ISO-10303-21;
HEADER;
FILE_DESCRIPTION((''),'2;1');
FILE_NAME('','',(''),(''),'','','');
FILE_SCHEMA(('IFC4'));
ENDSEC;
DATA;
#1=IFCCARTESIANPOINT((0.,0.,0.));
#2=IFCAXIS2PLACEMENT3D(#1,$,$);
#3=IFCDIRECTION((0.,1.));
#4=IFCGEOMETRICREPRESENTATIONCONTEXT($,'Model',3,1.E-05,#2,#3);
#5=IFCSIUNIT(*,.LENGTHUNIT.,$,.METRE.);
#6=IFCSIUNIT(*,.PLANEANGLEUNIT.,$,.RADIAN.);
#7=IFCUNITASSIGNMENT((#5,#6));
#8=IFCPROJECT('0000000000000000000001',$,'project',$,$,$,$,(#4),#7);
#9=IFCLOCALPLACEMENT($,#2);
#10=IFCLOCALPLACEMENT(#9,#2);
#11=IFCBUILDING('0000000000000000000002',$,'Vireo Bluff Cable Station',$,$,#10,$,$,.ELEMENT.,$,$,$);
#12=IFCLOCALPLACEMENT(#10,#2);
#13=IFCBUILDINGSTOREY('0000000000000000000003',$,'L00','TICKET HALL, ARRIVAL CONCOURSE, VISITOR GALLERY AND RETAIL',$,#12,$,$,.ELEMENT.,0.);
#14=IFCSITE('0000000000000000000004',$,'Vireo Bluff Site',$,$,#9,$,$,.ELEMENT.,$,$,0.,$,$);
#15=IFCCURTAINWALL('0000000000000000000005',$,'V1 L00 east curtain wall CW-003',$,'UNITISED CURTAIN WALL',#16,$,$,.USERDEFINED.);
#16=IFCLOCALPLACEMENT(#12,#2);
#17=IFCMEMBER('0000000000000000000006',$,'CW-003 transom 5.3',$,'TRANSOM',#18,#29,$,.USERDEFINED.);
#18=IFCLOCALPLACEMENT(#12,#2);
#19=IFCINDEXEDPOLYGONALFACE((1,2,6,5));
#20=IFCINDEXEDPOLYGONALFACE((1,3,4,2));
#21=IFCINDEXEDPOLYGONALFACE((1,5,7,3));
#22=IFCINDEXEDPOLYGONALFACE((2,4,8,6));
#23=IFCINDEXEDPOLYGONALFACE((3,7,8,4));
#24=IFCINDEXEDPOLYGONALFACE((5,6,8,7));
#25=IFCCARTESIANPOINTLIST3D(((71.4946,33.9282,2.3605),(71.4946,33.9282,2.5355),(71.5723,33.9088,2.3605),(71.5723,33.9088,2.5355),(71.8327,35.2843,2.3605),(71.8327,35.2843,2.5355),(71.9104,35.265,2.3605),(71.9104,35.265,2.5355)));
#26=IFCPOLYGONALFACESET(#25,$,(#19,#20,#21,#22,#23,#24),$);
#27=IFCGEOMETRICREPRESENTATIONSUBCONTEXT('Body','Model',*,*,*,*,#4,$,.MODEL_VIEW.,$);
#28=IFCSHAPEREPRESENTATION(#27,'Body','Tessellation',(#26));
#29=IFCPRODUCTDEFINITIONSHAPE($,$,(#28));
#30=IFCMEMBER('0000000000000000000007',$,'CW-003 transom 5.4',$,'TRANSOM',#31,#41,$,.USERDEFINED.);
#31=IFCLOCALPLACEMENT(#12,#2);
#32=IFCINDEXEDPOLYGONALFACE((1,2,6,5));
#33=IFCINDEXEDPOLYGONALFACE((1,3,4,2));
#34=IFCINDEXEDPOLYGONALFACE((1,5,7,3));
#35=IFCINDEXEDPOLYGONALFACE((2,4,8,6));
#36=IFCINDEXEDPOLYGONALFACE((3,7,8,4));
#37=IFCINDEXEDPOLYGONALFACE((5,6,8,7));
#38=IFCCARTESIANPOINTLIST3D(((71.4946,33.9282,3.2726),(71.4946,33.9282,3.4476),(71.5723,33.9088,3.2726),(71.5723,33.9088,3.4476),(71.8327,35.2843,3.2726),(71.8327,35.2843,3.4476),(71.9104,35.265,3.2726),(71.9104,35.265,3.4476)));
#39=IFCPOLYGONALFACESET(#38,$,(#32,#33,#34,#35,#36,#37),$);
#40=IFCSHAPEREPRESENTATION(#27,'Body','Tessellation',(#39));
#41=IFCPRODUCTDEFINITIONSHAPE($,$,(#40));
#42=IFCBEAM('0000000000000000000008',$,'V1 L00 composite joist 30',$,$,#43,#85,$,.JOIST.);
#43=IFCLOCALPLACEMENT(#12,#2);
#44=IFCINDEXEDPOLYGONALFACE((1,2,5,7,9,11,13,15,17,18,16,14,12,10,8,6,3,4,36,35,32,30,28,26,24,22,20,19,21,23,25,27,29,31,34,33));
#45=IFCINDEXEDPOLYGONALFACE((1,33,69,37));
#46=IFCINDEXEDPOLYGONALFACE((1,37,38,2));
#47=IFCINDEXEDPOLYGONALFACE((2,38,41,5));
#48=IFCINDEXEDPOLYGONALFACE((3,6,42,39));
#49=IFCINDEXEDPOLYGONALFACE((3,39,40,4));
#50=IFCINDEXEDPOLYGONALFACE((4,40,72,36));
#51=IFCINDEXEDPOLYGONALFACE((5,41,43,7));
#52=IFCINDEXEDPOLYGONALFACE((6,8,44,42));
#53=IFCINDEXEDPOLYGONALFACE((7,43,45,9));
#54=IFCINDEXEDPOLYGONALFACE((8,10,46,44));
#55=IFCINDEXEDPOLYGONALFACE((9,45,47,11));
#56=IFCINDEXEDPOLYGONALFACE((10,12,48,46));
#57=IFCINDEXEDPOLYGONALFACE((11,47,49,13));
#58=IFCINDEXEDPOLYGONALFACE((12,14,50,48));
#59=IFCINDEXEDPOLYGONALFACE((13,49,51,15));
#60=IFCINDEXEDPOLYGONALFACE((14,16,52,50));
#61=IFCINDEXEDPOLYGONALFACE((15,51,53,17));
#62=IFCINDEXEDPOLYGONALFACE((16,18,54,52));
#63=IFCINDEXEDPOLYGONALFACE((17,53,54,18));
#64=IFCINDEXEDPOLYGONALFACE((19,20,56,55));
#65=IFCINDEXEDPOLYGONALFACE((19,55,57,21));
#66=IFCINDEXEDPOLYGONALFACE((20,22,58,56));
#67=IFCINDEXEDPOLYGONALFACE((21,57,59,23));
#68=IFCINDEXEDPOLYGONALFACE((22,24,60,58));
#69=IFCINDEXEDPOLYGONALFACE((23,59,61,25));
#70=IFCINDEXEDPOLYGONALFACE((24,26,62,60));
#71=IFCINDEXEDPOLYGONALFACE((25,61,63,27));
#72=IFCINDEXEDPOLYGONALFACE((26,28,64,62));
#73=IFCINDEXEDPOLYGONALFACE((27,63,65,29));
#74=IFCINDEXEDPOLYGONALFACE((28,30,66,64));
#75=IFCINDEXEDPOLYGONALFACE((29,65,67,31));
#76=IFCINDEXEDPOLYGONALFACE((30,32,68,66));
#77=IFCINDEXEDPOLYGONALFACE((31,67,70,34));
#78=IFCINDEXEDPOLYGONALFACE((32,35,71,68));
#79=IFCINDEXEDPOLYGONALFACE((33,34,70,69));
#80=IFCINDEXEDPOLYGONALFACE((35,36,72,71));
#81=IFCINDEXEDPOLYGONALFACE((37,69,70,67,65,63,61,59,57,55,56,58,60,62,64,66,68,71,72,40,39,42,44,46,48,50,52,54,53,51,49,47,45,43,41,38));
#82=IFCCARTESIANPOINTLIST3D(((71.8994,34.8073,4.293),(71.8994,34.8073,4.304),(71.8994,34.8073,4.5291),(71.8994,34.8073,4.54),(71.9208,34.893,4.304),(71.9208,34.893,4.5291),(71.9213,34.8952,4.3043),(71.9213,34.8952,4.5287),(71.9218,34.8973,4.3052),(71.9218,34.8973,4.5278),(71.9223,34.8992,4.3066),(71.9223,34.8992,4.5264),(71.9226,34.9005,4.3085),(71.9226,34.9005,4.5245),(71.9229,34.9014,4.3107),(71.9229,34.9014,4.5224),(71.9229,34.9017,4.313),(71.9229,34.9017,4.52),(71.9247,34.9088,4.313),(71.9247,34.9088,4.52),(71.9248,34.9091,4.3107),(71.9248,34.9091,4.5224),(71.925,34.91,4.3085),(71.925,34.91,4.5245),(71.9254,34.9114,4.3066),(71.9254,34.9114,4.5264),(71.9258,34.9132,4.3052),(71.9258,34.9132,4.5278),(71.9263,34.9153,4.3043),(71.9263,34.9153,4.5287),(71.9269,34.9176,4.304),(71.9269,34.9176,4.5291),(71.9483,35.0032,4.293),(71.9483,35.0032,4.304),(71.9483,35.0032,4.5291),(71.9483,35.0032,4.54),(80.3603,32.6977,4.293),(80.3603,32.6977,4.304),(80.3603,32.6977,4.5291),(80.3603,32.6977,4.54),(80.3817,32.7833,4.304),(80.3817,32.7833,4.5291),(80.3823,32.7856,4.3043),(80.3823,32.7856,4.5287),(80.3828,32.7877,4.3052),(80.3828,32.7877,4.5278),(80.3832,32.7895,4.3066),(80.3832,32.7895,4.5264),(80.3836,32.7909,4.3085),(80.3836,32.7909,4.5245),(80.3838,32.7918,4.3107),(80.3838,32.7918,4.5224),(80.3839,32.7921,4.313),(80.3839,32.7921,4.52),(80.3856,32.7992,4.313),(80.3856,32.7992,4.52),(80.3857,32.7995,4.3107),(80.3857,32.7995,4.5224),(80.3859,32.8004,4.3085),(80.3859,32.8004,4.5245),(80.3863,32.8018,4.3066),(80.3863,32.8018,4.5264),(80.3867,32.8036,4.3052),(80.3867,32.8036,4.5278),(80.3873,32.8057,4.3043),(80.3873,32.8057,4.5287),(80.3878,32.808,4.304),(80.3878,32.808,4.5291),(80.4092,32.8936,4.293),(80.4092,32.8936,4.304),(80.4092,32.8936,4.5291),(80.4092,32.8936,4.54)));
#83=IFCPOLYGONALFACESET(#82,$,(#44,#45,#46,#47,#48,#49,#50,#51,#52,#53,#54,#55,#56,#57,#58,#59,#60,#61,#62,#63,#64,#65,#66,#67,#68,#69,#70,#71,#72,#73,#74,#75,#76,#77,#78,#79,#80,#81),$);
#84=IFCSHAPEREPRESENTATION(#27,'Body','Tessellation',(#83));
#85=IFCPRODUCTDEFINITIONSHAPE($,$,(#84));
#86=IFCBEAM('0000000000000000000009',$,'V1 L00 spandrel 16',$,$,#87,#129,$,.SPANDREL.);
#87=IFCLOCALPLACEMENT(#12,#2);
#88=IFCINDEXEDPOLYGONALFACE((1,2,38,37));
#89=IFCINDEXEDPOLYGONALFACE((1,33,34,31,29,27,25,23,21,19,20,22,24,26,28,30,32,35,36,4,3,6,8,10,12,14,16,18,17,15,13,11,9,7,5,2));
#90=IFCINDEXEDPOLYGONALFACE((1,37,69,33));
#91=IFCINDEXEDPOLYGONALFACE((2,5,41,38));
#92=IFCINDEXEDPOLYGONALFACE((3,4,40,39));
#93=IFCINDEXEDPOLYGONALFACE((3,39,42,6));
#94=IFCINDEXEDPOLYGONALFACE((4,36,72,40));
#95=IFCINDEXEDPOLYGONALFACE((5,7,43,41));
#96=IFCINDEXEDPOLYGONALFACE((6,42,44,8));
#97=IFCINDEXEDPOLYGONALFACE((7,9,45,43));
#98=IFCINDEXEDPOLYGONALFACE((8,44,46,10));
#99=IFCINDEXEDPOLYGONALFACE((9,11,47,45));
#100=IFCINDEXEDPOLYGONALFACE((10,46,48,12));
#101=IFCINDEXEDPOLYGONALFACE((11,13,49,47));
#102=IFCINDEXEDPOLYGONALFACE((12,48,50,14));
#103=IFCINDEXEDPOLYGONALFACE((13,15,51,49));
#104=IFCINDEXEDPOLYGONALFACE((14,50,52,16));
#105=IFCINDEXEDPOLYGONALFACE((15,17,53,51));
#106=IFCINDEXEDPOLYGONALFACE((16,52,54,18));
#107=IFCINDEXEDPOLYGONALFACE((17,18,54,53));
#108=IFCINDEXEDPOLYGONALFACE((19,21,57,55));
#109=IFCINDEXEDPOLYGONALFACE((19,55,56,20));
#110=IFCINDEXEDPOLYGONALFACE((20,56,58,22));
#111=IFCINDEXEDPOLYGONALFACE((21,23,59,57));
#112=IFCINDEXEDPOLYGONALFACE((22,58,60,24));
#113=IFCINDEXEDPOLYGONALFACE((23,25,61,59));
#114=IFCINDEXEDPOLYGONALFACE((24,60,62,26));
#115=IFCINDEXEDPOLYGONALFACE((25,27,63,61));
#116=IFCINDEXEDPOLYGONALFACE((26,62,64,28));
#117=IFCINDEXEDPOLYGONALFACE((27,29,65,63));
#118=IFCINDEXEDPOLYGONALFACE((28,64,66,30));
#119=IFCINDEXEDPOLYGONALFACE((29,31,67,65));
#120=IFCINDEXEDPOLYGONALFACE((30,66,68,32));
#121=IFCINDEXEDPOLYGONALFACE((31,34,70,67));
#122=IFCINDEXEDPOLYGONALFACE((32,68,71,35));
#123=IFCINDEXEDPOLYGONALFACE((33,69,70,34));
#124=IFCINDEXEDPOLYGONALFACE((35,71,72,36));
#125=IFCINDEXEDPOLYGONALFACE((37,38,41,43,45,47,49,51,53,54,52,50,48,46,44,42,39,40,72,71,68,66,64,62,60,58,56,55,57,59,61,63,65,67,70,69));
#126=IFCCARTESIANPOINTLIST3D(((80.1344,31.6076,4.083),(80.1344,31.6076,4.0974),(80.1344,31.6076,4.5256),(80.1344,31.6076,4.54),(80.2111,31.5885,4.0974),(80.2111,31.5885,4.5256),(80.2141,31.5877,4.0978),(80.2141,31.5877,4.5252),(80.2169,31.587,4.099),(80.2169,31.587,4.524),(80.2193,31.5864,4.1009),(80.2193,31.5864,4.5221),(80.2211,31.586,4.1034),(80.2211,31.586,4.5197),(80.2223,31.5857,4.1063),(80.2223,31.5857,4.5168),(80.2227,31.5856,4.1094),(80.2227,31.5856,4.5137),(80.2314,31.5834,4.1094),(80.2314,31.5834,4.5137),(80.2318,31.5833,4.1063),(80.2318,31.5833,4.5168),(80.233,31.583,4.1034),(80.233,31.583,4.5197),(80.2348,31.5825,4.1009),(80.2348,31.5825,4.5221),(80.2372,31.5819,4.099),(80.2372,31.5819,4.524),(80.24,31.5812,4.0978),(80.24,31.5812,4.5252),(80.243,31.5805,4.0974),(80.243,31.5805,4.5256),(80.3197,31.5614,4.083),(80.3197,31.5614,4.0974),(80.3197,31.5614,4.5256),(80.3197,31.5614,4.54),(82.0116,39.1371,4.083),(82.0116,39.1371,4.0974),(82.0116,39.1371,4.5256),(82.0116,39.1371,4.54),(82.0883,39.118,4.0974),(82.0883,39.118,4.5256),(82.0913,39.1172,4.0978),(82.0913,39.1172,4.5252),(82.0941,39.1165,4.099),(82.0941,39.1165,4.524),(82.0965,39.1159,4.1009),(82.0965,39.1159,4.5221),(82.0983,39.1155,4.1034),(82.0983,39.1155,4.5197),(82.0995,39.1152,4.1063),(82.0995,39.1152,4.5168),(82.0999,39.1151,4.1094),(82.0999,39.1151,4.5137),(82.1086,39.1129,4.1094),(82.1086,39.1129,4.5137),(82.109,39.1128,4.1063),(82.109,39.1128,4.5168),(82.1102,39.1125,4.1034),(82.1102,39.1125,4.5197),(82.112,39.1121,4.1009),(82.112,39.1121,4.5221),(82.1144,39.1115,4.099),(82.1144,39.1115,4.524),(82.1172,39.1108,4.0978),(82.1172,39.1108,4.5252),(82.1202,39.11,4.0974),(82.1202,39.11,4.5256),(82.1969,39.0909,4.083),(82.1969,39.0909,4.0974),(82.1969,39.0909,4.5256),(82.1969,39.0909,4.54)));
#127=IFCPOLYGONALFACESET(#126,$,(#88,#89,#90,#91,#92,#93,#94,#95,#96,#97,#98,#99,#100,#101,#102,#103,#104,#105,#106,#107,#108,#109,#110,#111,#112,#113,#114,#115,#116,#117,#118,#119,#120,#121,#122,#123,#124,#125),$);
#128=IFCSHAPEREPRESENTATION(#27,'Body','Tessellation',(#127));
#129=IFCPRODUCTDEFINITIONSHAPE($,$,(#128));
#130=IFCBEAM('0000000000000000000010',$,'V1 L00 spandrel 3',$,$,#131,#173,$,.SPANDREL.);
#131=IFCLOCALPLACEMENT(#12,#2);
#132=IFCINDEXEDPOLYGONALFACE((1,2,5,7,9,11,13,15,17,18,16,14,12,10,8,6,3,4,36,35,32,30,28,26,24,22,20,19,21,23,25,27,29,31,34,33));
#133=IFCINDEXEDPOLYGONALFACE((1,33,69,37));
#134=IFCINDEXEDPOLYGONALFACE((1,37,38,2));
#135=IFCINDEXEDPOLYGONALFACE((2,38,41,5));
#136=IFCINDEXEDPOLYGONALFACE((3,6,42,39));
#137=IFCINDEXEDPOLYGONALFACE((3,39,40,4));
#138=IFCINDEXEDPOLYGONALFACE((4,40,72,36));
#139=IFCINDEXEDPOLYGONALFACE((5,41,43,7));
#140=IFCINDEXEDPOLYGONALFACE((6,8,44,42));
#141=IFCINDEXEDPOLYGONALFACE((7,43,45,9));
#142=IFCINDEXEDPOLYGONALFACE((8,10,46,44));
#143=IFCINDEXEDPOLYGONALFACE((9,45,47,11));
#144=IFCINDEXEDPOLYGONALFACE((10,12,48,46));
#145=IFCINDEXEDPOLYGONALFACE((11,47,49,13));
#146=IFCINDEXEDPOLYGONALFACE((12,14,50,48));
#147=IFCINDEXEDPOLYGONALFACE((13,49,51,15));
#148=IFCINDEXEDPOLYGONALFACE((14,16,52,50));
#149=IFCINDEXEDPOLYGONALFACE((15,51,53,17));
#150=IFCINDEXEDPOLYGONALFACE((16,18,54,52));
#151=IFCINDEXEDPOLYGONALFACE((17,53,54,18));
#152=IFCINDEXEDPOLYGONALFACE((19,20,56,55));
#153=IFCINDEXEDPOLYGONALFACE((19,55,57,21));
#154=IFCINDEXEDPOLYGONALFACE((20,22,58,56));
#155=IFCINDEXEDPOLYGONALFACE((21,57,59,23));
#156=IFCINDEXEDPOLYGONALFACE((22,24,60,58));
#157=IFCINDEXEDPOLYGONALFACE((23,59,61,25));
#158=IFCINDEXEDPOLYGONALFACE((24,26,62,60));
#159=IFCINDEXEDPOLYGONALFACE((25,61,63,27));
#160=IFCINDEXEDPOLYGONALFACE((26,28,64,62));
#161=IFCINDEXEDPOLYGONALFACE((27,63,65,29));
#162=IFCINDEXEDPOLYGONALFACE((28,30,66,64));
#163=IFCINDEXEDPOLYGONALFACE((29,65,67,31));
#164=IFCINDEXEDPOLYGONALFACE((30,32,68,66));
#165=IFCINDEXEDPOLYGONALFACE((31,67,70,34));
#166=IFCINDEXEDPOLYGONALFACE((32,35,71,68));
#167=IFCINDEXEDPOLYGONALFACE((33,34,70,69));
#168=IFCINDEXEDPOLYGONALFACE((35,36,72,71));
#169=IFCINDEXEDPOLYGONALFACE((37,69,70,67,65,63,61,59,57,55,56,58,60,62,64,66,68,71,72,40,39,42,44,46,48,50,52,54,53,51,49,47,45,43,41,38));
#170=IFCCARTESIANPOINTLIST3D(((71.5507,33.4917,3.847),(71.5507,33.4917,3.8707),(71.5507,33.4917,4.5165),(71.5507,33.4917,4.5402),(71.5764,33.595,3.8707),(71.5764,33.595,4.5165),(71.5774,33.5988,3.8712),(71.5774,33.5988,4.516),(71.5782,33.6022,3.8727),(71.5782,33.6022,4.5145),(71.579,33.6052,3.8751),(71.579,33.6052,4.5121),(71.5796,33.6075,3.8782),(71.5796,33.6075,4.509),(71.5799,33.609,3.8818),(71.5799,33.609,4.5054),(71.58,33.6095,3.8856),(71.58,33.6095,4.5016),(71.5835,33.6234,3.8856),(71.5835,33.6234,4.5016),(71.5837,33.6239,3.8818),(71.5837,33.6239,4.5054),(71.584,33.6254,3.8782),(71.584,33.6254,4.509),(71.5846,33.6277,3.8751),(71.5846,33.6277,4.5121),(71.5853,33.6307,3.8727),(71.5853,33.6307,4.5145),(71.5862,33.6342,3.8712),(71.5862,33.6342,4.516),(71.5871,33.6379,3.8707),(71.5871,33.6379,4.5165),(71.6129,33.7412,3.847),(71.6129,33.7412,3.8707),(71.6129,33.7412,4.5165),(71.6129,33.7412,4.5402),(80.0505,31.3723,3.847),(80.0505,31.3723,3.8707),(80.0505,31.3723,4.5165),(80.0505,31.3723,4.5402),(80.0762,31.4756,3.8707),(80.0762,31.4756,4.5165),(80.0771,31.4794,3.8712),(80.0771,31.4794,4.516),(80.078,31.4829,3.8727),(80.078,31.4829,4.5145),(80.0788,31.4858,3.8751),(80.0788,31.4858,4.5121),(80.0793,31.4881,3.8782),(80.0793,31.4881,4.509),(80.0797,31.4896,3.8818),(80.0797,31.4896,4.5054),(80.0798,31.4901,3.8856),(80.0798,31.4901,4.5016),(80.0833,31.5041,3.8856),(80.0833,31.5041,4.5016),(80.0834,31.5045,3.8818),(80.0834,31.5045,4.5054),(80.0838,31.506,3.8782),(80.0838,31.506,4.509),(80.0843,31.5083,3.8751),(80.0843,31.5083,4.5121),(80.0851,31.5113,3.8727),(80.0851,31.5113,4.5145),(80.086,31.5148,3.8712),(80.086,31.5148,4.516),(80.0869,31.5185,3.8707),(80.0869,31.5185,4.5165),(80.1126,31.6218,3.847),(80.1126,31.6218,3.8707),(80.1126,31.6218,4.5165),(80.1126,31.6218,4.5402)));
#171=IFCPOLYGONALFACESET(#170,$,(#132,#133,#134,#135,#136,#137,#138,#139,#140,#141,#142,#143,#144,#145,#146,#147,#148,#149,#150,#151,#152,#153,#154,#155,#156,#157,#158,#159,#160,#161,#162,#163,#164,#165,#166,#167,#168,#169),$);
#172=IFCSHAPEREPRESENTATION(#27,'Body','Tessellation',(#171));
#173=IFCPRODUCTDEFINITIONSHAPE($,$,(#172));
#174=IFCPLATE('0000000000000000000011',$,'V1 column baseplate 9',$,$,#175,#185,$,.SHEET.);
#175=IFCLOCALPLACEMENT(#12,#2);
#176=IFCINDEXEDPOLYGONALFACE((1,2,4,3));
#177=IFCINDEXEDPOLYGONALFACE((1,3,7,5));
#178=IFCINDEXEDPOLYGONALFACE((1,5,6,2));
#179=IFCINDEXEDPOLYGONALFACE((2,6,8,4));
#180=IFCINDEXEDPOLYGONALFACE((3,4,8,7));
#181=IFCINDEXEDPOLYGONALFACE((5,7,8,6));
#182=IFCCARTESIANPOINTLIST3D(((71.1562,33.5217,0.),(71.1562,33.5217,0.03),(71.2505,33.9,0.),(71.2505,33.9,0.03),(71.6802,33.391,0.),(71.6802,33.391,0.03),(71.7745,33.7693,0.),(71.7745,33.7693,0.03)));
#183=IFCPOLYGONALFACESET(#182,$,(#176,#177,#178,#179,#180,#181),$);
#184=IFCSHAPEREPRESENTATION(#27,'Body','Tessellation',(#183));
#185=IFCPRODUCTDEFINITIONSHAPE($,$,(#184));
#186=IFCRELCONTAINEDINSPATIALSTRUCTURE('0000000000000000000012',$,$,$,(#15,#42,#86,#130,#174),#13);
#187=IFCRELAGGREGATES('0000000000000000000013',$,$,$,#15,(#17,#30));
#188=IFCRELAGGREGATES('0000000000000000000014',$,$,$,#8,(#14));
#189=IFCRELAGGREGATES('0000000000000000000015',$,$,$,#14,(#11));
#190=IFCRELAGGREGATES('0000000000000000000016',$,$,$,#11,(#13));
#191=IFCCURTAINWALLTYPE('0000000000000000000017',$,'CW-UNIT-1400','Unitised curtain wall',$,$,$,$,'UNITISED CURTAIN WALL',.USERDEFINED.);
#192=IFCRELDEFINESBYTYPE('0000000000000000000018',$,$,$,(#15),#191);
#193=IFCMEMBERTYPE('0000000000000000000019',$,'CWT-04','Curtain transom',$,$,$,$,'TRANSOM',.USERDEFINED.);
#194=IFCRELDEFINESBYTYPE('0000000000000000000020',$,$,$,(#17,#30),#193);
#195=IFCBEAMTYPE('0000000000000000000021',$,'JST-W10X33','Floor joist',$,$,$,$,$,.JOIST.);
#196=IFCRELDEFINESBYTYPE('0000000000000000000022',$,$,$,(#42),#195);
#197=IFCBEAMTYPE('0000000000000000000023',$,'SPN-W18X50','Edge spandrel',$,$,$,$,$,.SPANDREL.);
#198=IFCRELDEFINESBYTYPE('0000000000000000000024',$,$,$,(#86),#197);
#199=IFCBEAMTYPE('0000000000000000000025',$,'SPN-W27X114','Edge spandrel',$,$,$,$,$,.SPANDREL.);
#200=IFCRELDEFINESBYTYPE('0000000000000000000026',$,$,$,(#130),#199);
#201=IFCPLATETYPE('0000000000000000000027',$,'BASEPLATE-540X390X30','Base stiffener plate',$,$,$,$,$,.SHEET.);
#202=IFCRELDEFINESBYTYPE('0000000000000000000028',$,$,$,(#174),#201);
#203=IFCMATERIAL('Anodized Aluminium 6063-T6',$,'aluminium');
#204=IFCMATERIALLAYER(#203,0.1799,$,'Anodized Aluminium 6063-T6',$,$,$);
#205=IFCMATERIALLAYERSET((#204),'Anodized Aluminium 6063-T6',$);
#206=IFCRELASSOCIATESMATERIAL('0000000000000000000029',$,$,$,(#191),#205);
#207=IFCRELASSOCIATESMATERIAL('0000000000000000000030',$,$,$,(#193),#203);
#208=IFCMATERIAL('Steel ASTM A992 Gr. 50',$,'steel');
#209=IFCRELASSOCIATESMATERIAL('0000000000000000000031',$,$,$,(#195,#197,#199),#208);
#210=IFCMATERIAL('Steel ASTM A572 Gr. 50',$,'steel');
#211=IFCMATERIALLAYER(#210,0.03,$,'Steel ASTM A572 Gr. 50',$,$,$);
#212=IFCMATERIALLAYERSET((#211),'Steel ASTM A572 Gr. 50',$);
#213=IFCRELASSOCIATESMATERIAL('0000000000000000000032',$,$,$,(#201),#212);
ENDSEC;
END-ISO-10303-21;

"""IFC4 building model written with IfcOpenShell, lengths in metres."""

from ifc_helpers import new_model, si_unit, direction, frame, origin, origin_2d, place, context, subcontext, project, spatial, rectangle, i_section, extrude, material, layer, layer_set, material_profile, profile_set, type_object, element, aggregate, save


model = new_model("IFC4")

# Units and contexts
model_context = context("Model", 3, precision=1e-05, world=origin(), true_north=direction((0.0, 1.0)))
body_context = subcontext(model_context, "Body", "Model", "MODEL_VIEW")
ifc_project = project(units=[si_unit("LENGTHUNIT", "METRE"), si_unit("PLANEANGLEUNIT", "RADIAN")], contexts=[model_context])

# Site, building, storey
site_placement = place(None, origin())
site = spatial("IfcSite", under=ifc_project, at=site_placement, Name="Vireo Bluff Site", CompositionType="ELEMENT", RefElevation=0.0)
building_placement = place(site_placement, origin())
building = spatial("IfcBuilding", under=site, at=building_placement, Name="Vireo Bluff Cable Station", CompositionType="ELEMENT")
storey_placement = place(building_placement, origin())
storey = spatial("IfcBuildingStorey", under=building, at=storey_placement, Name="L00", Description="TICKET HALL, ARRIVAL CONCOURSE, VISITOR GALLERY AND RETAIL", CompositionType="ELEMENT", Elevation=0.0)

# Shared definitions
ifc_material_1 = material(Name="Steel ASTM A992 Gr. 50", Category="steel")

# Curtain wall, members
ifc_material_2 = material(Name="Anodized Aluminium 6063-T6", Category="aluminium")
ifc_layer_1 = layer(ifc_material_2, 0.1799, Name="Anodized Aluminium 6063-T6")
ifc_layer_set_1 = layer_set([ifc_layer_1], Name="Anodized Aluminium 6063-T6")
curtain_wall_type = type_object("IfcCurtainWallType", Name="CW-UNIT-1400", Description="Unitised curtain wall", ElementType="UNITISED CURTAIN WALL", PredefinedType="USERDEFINED", material=ifc_layer_set_1)
curtain_wall_placement = place(storey_placement, origin())
curtain_wall = element("IfcCurtainWall", 1, at=curtain_wall_placement, inside=storey, type_object=curtain_wall_type, Name="V1 L00 east curtain wall CW-003", ObjectType="UNITISED CURTAIN WALL", PredefinedType="USERDEFINED")
ifc_material_profile_1 = material_profile(ifc_material_2, rectangle(XDim=0.0801, YDim=0.175, at=origin_2d()), Name="ALU-T-80X175")
ifc_profile_set_1 = profile_set([ifc_material_profile_1], Name="Anodized Aluminium 6063-T6")
member_type_1 = type_object("IfcMemberType", Name="CWT-04", Description="Curtain transom", ElementType="TRANSOM", PredefinedType="USERDEFINED", material=ifc_profile_set_1)
member_1_placement = place(storey_placement, frame((71.8716, 35.2747, 2.448), z_axis=(-0.241919, -0.970296, 0.0), x_axis=(0.970296, -0.241919, 0.0)))
member_1 = element("IfcMember", 2, at=member_1_placement, type_object=member_type_1, Name="CW-003 transom 5.3", ObjectType="TRANSOM", PredefinedType="USERDEFINED", context=body_context, shape_type="SweptSolid", body=[
    extrude(rectangle(XDim=0.0801, YDim=0.175, at=origin_2d()), origin(), (0.0, 0.0, 1.0), 1.3977),
])
member_2_placement = place(storey_placement, frame((71.8716, 35.2747, 3.3601), z_axis=(-0.241919, -0.970296, 0.0), x_axis=(0.970296, -0.241919, 0.0)))
member_2 = element("IfcMember", 3, at=member_2_placement, type_object=member_type_1, Name="CW-003 transom 5.4", ObjectType="TRANSOM", PredefinedType="USERDEFINED", context=body_context, shape_type="SweptSolid", body=[
    extrude(rectangle(XDim=0.0801, YDim=0.175, at=origin_2d()), origin(), (0.0, 0.0, 1.0), 1.3977),
])

# Beams
ifc_material_profile_2 = material_profile(ifc_material_1, i_section(OverallWidth=0.2019, OverallDepth=0.2471, WebThickness=0.0073, FlangeThickness=0.011, FilletRadius=0.009, at=origin_2d()), Name="W10X33")
ifc_profile_set_2 = profile_set([ifc_material_profile_2], Name="Steel ASTM A992 Gr. 50")
beam_type_1 = type_object("IfcBeamType", Name="JST-W10X33", Description="Floor joist", PredefinedType="JOIST", material=ifc_profile_set_2)
beam_1_placement = place(storey_placement, frame((71.9238, 34.9053, 4.4165), z_axis=(0.970294, -0.24193, 0.0), x_axis=(0.24193, 0.970294, 0.0)))
element("IfcBeam", 4, at=beam_1_placement, inside=storey, type_object=beam_type_1, Name="V1 L00 composite joist 30", PredefinedType="JOIST", context=body_context, shape_type="SweptSolid", body=[
    extrude(i_section(OverallWidth=0.2019, OverallDepth=0.2471, WebThickness=0.0073, FlangeThickness=0.011, FilletRadius=0.009, at=origin_2d()), origin(), (0.0, 0.0, 1.0), 8.72),
])
ifc_material_profile_3 = material_profile(ifc_material_1, i_section(OverallWidth=0.1909, OverallDepth=0.457, WebThickness=0.009, FlangeThickness=0.0144, FilletRadius=0.012, at=origin_2d()), Name="W18X50")
ifc_profile_set_3 = profile_set([ifc_material_profile_3], Name="Steel ASTM A992 Gr. 50")
beam_type_2 = type_object("IfcBeamType", Name="SPN-W18X50", Description="Edge spandrel", PredefinedType="SPANDREL", material=ifc_profile_set_3)
beam_2_placement = place(storey_placement, frame((80.2271, 31.5845, 4.3115), z_axis=(0.241906, 0.9703, 0.0), x_axis=(-0.9703, 0.241906, 0.0)))
element("IfcBeam", 5, at=beam_2_placement, inside=storey, type_object=beam_type_2, Name="V1 L00 spandrel 16", PredefinedType="SPANDREL", context=body_context, shape_type="SweptSolid", body=[
    extrude(i_section(OverallWidth=0.1909, OverallDepth=0.457, WebThickness=0.009, FlangeThickness=0.0144, FilletRadius=0.012, at=origin_2d()), origin(), (0.0, 0.0, 1.0), 7.76),
])
ifc_material_profile_4 = material_profile(ifc_material_1, i_section(OverallWidth=0.2571, OverallDepth=0.6931, WebThickness=0.0144, FlangeThickness=0.0237, FilletRadius=0.0149, at=origin_2d()), Name="W27X114")
ifc_profile_set_4 = profile_set([ifc_material_profile_4], Name="Steel ASTM A992 Gr. 50")
beam_type_3 = type_object("IfcBeamType", Name="SPN-W27X114", Description="Edge spandrel", PredefinedType="SPANDREL", material=ifc_profile_set_4)
beam_3_placement = place(storey_placement, frame((71.5818, 33.6165, 4.1936), z_axis=(0.970292, -0.241939, 0.0), x_axis=(0.241939, 0.970292, 0.0)))
element("IfcBeam", 6, at=beam_3_placement, inside=storey, type_object=beam_type_3, Name="V1 L00 spandrel 3", PredefinedType="SPANDREL", context=body_context, shape_type="SweptSolid", body=[
    extrude(i_section(OverallWidth=0.2571, OverallDepth=0.6931, WebThickness=0.0144, FlangeThickness=0.0237, FilletRadius=0.0149, at=origin_2d()), origin(), (0.0, 0.0, 1.0), 8.76),
])

# Plate
ifc_material_3 = material(Name="Steel ASTM A572 Gr. 50", Category="steel")
ifc_layer_2 = layer(ifc_material_3, 0.03, Name="Steel ASTM A572 Gr. 50")
ifc_layer_set_2 = layer_set([ifc_layer_2], Name="Steel ASTM A572 Gr. 50")
plate_type_1 = type_object("IfcPlateType", Name="BASEPLATE-540X390X30", Description="Base stiffener plate", PredefinedType="SHEET", material=ifc_layer_set_2)
plate_1_placement = place(storey_placement, frame((71.4653, 33.6455, 0.0), z_axis=(0.0, 0.0, 1.0), x_axis=(0.970296, -0.241922, 0.0)))
element("IfcPlate", 7, at=plate_1_placement, inside=storey, type_object=plate_type_1, Name="V1 column baseplate 9", PredefinedType="SHEET", context=body_context, shape_type="SweptSolid", body=[
    extrude(rectangle(XDim=0.54, YDim=0.3899, at=origin_2d()), origin(), (0.0, 0.0, 1.0), 0.03),
])
aggregate(curtain_wall, [member_1, member_2])

save(model, "model.ifc")
